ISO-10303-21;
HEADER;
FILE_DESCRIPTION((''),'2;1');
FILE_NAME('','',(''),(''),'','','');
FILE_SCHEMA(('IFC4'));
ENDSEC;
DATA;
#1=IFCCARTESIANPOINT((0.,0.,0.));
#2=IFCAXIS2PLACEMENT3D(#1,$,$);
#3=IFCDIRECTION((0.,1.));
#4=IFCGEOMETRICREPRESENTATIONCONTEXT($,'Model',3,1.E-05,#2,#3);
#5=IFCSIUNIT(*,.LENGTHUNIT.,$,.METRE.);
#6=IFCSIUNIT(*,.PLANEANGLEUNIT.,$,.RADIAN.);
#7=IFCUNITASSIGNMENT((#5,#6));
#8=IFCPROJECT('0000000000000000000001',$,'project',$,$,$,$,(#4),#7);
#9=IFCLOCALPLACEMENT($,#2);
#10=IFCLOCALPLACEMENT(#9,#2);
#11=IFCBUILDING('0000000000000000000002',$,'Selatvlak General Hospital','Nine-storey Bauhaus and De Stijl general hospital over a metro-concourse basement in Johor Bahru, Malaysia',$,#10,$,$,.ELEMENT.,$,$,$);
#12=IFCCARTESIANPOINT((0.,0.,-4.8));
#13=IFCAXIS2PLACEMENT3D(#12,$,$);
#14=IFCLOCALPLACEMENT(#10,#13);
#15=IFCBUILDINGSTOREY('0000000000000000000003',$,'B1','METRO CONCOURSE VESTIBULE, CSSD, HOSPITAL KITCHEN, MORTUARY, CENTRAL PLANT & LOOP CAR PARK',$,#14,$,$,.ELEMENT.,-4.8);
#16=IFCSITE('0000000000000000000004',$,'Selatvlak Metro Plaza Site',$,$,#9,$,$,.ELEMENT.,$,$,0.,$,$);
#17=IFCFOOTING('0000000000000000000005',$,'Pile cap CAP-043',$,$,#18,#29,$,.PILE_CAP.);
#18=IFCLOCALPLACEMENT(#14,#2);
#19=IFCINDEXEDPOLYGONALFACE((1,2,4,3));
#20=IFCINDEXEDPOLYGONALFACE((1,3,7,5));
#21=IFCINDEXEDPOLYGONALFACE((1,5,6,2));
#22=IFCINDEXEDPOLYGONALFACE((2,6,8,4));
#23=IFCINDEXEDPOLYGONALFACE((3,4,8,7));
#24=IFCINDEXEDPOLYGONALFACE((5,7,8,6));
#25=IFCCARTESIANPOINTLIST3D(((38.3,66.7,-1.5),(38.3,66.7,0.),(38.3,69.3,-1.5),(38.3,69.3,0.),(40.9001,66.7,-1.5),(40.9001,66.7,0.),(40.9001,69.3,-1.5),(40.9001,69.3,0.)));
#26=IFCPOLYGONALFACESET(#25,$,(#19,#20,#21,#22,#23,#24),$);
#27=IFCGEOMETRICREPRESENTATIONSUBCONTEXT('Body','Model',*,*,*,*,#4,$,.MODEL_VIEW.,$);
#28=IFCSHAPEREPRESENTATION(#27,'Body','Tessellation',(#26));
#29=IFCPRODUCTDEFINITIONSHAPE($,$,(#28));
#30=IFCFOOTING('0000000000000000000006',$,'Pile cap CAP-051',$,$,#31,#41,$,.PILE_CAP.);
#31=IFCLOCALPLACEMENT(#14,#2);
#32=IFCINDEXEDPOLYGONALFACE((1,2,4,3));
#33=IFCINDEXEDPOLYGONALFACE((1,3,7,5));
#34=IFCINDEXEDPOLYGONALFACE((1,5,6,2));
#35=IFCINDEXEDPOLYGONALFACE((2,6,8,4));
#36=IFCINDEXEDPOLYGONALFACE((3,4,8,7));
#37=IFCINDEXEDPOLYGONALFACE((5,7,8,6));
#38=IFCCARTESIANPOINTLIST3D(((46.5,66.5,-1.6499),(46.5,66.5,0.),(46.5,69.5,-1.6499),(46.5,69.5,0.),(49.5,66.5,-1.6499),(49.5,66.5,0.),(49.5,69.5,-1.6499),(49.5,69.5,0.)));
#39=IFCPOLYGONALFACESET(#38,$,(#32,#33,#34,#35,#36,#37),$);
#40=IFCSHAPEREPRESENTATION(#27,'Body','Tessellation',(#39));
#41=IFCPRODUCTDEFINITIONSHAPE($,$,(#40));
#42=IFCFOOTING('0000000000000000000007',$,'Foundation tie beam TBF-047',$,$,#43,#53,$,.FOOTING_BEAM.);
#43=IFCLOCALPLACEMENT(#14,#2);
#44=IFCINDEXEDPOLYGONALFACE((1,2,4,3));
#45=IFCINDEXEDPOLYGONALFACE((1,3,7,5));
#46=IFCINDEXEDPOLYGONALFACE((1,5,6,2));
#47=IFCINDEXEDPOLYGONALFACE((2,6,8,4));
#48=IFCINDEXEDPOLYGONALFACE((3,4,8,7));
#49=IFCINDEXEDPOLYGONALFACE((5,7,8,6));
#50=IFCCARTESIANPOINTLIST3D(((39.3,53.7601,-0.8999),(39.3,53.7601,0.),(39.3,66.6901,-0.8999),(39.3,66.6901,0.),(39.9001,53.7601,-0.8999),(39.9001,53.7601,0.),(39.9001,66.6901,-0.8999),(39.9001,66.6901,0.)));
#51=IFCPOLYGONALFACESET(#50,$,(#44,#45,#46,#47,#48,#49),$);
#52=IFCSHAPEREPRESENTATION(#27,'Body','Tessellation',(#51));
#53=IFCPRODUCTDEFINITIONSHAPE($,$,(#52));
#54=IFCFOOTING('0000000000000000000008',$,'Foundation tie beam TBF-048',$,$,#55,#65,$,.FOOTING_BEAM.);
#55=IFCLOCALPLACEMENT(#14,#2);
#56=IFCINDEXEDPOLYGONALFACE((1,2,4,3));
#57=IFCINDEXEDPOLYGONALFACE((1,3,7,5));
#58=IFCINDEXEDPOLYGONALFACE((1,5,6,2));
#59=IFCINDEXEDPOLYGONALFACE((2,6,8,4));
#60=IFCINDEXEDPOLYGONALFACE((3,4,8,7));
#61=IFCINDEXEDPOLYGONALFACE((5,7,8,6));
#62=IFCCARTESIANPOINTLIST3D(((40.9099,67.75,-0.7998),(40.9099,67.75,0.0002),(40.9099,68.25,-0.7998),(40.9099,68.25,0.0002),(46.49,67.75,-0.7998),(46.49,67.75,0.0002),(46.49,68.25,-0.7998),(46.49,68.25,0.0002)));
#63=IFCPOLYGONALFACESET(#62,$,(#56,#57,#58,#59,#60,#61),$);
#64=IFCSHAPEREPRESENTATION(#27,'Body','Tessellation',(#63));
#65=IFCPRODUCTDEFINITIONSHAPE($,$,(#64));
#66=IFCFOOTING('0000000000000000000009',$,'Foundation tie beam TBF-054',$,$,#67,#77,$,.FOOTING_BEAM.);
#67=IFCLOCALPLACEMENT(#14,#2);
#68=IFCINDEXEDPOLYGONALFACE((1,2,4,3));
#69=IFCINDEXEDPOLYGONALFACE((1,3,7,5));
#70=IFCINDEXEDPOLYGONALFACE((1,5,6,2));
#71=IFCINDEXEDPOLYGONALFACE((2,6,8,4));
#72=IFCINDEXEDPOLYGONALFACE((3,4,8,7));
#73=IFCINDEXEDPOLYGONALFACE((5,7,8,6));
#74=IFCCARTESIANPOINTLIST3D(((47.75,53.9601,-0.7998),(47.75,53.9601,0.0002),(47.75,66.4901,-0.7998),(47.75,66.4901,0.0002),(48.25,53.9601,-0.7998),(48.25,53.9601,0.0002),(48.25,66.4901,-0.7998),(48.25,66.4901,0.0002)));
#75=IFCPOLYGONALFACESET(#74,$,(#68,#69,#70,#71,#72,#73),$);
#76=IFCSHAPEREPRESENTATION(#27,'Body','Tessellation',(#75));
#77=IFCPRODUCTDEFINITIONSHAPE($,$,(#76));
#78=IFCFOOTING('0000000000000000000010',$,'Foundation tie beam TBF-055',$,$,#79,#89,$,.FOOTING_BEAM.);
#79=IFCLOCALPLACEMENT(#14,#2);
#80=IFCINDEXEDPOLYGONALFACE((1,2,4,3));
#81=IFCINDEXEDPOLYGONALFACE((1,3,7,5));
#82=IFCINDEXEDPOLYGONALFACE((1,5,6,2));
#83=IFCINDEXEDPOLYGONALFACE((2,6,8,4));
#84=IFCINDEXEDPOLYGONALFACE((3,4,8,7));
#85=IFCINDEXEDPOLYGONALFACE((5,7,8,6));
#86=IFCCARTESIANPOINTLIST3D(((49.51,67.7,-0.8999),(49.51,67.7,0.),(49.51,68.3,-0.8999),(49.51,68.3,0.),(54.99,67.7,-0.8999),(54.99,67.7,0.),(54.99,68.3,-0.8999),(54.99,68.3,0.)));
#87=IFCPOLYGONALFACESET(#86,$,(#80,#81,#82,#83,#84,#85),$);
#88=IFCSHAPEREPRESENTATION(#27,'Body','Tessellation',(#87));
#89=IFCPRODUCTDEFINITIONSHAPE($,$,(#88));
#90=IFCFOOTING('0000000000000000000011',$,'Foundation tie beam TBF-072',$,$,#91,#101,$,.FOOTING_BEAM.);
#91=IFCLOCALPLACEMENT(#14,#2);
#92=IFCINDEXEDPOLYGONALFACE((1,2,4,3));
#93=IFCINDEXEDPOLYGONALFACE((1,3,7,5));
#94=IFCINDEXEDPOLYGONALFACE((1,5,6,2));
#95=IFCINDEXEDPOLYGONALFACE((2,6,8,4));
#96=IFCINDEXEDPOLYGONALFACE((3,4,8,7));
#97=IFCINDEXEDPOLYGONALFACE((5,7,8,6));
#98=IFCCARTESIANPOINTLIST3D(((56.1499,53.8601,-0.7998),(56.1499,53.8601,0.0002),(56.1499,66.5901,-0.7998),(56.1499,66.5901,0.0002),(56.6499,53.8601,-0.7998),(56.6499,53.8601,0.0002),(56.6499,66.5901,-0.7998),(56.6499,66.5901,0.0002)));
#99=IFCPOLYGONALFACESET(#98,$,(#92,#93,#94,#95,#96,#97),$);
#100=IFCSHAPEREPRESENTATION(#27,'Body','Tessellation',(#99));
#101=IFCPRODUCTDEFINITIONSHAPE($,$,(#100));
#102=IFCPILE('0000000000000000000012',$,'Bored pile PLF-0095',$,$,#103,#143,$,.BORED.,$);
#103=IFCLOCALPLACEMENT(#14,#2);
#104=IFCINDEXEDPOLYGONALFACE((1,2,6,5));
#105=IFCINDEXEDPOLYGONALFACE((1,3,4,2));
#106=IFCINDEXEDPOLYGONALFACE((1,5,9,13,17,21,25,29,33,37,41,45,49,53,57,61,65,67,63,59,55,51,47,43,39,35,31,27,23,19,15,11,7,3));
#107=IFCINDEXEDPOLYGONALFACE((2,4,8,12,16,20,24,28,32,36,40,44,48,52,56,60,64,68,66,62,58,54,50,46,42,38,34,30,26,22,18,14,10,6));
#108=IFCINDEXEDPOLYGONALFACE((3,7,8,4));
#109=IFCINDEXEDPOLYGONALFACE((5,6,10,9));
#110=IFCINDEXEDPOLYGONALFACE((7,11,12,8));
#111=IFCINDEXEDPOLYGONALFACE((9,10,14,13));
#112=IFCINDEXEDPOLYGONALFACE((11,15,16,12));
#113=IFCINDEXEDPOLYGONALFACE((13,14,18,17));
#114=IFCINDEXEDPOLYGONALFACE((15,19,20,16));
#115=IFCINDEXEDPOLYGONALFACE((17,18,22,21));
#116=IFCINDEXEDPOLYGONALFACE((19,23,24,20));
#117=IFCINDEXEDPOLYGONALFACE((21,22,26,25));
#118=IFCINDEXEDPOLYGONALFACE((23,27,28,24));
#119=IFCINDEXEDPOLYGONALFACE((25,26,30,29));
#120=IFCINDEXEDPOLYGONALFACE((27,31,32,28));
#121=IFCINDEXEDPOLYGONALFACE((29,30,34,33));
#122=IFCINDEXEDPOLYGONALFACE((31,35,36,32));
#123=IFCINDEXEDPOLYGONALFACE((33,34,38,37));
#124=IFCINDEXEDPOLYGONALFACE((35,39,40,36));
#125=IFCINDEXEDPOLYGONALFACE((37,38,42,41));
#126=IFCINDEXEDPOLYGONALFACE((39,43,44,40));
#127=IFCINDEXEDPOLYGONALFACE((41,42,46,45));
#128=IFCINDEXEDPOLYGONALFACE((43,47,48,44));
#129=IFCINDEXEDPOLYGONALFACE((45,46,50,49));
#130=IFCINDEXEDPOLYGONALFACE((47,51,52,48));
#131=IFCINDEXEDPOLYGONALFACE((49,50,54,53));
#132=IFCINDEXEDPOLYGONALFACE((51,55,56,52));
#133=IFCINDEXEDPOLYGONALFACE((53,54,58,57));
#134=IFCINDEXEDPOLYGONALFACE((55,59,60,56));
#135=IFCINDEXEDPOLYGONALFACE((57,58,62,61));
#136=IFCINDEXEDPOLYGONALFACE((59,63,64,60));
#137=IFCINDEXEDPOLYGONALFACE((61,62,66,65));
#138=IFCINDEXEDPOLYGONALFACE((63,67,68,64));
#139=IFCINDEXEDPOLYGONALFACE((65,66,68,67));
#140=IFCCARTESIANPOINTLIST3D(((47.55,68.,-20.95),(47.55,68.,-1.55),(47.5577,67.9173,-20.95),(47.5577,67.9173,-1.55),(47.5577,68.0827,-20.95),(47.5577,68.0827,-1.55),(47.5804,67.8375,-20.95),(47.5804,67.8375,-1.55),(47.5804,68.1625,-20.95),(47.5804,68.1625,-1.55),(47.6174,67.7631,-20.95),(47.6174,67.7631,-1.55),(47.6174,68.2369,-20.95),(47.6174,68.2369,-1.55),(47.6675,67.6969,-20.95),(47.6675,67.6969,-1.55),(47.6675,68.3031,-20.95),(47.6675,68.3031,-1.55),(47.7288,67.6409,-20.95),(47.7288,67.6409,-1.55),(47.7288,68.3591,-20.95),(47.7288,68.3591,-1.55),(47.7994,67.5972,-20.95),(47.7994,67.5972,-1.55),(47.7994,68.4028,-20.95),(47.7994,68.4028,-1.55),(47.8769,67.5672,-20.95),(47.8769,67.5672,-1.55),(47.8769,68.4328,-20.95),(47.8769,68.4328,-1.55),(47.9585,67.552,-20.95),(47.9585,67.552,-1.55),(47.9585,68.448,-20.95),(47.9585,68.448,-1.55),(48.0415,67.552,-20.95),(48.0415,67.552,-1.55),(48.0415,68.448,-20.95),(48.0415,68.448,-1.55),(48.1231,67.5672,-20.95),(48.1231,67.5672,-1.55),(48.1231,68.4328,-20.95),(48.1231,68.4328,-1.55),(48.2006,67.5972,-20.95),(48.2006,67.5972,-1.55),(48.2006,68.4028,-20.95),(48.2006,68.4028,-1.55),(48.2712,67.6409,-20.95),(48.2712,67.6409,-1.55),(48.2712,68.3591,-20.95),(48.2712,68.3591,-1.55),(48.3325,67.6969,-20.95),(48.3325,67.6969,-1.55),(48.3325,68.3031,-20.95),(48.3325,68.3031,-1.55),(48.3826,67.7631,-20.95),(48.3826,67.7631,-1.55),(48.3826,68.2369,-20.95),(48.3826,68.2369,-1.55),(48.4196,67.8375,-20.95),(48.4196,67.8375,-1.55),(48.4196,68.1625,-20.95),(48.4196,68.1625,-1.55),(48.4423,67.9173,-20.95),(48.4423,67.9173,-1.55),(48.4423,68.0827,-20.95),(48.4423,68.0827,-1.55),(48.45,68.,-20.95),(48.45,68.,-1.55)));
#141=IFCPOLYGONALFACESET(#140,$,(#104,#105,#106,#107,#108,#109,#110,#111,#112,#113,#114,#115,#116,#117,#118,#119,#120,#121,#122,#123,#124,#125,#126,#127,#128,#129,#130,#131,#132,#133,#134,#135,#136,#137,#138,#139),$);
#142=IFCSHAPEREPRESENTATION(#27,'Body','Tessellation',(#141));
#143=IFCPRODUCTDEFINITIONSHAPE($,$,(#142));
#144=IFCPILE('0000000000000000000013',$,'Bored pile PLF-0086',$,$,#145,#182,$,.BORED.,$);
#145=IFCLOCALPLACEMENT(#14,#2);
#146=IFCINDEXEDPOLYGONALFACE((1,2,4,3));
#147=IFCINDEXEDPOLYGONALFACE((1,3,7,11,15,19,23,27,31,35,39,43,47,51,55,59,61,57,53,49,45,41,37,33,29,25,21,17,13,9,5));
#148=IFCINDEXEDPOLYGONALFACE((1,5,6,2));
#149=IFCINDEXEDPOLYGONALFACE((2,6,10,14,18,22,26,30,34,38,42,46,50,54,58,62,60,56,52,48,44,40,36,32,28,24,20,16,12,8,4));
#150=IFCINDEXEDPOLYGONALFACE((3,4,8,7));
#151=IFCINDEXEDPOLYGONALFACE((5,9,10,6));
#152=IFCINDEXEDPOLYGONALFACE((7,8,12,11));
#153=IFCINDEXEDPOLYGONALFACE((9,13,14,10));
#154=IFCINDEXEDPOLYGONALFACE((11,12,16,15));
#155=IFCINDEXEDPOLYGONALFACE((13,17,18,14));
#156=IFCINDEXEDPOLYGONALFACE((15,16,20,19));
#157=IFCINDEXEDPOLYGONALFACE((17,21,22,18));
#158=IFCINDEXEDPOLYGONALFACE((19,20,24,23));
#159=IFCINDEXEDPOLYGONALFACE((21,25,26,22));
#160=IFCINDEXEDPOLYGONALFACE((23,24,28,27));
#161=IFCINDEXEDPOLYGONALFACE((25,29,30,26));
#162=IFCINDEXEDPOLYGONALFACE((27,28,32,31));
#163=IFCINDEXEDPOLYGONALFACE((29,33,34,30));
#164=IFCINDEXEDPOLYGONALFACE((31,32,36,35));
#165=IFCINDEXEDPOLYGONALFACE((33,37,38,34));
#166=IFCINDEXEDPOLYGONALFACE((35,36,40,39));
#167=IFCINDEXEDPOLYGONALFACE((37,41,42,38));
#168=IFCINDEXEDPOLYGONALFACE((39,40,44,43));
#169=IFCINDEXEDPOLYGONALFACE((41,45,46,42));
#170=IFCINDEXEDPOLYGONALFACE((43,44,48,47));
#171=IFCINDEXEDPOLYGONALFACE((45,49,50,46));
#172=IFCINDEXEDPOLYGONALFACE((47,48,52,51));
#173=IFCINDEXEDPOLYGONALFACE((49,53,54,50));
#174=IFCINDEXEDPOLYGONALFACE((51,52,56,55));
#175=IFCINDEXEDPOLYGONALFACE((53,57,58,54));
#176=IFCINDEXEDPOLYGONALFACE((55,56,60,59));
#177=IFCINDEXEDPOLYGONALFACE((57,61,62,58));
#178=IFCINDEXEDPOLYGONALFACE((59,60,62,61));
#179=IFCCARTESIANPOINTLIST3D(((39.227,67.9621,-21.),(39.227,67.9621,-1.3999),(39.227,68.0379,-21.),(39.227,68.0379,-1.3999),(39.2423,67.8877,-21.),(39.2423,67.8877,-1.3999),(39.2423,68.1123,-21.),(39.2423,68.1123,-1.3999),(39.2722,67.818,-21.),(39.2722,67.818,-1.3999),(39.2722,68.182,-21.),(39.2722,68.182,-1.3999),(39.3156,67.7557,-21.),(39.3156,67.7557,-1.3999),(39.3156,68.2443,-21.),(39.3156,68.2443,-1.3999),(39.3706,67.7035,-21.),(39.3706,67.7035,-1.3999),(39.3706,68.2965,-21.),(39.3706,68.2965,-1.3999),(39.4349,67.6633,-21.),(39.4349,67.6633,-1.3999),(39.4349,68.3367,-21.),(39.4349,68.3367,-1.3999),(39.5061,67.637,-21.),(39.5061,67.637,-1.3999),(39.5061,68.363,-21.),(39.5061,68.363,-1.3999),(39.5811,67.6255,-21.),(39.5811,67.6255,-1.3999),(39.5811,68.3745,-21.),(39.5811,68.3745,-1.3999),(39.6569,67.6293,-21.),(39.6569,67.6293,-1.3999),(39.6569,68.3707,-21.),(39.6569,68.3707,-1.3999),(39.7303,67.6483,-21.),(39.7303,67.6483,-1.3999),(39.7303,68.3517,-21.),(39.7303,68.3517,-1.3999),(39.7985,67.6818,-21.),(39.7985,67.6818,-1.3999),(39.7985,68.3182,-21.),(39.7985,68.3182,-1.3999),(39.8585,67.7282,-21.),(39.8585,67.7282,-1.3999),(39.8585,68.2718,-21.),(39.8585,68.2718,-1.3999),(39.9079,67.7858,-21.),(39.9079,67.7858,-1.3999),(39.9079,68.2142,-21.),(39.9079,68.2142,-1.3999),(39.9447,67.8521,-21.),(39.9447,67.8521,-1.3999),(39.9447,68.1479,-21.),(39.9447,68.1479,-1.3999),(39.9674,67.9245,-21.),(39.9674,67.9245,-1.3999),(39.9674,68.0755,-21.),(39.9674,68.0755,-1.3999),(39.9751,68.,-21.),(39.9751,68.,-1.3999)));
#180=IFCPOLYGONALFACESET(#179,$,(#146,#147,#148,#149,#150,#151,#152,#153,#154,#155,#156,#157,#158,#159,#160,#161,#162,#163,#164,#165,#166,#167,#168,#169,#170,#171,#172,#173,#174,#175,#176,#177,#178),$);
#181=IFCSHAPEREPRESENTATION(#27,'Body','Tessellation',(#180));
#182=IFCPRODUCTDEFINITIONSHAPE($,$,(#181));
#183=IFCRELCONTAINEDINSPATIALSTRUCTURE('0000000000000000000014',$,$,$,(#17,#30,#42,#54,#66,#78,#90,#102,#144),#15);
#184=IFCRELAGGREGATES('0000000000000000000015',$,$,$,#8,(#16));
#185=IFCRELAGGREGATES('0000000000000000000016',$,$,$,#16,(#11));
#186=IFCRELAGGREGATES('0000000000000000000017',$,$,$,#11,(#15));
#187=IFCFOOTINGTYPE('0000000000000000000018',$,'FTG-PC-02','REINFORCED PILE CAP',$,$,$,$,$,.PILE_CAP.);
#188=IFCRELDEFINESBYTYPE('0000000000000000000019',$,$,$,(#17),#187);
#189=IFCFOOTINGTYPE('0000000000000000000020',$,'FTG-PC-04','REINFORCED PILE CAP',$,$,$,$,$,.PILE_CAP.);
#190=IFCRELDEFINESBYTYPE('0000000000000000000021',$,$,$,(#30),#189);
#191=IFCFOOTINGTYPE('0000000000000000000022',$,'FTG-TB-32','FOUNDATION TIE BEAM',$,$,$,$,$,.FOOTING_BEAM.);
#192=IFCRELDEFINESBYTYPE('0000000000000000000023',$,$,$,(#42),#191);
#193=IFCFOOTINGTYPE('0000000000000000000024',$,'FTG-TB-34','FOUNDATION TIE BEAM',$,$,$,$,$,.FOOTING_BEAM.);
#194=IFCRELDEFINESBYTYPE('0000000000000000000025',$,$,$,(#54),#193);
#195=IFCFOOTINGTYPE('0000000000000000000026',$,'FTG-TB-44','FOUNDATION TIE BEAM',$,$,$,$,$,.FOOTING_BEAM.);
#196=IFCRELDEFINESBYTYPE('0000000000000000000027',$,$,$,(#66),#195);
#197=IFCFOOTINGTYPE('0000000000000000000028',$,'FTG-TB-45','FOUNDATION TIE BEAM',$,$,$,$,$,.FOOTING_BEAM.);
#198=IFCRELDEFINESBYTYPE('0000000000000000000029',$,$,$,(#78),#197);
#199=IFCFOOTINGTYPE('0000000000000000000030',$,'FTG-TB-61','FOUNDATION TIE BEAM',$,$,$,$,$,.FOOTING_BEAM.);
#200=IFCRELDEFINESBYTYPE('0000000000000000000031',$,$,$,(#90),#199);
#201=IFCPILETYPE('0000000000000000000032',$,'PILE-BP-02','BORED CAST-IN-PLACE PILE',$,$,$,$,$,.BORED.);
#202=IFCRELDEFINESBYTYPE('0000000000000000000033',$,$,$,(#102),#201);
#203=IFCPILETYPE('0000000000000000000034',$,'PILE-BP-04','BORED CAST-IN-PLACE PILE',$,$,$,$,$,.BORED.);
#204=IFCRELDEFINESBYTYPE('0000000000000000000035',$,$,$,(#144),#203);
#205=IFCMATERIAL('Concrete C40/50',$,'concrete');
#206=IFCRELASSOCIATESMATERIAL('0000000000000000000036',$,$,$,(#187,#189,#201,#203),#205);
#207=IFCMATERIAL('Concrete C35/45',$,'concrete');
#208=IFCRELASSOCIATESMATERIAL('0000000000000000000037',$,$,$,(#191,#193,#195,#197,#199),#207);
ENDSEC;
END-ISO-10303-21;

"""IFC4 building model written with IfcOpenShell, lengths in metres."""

from ifc_helpers import new_model, si_unit, direction, frame, origin, origin_2d, place, context, subcontext, project, spatial, rectangle, circle, extrude, material, material_profile, profile_set, type_object, element, save


model = new_model("IFC4")

# Units and contexts
model_context = context("Model", 3, precision=1e-05, world=origin(), true_north=direction((0.0, 1.0)))
body_context = subcontext(model_context, "Body", "Model", "MODEL_VIEW")
ifc_project = project(units=[si_unit("LENGTHUNIT", "METRE"), si_unit("PLANEANGLEUNIT", "RADIAN")], contexts=[model_context])

# Site, building, storey
site_placement = place(None, origin())
site = spatial("IfcSite", under=ifc_project, at=site_placement, Name="Selatvlak Metro Plaza Site", CompositionType="ELEMENT", RefElevation=0.0)
building_placement = place(site_placement, origin())
building = spatial("IfcBuilding", under=site, at=building_placement, Name="Selatvlak General Hospital", Description="Nine-storey Bauhaus and De Stijl general hospital over a metro-concourse basement in Johor Bahru, Malaysia", CompositionType="ELEMENT")
storey_placement = place(building_placement, frame((0.0, 0.0, -4.8)))
storey = spatial("IfcBuildingStorey", under=building, at=storey_placement, Name="B1", Description="METRO CONCOURSE VESTIBULE, CSSD, HOSPITAL KITCHEN, MORTUARY, CENTRAL PLANT & LOOP CAR PARK", CompositionType="ELEMENT", Elevation=-4.8)

# Footings
ifc_material_1 = material(Name="Concrete C40/50", Category="concrete")
footing_type_1 = type_object("IfcFootingType", Name="FTG-PC-02", Description="REINFORCED PILE CAP", PredefinedType="PILE_CAP", material=ifc_material_1)
footing_1_placement = place(storey_placement, frame((39.6001, 68.0, -1.5), z_axis=(0.0, 0.0, 1.0), x_axis=(1.0, 0.0, 0.0)))
element("IfcFooting", 1, at=footing_1_placement, inside=storey, type_object=footing_type_1, Name="Pile cap CAP-043", PredefinedType="PILE_CAP", context=body_context, shape_type="SweptSolid", body=[
    extrude(rectangle(XDim=2.6001, YDim=2.6001, at=origin_2d()), origin(), (0.0, 0.0, 1.0), 1.5),
])
footing_type_2 = type_object("IfcFootingType", Name="FTG-PC-04", Description="REINFORCED PILE CAP", PredefinedType="PILE_CAP", material=ifc_material_1)
footing_2_placement = place(storey_placement, frame((48.0, 68.0, -1.6499), z_axis=(0.0, 0.0, 1.0), x_axis=(1.0, 0.0, 0.0)))
element("IfcFooting", 2, at=footing_2_placement, inside=storey, type_object=footing_type_2, Name="Pile cap CAP-051", PredefinedType="PILE_CAP", context=body_context, shape_type="SweptSolid", body=[
    extrude(rectangle(XDim=3.0, YDim=3.0, at=origin_2d()), origin(), (0.0, 0.0, 1.0), 1.6499),
])
ifc_material_2 = material(Name="Concrete C35/45", Category="concrete")
footing_type_3 = type_object("IfcFootingType", Name="FTG-TB-32", Description="FOUNDATION TIE BEAM", PredefinedType="FOOTING_BEAM", material=ifc_material_2)
footing_3_placement = place(storey_placement, frame((39.6001, 60.2251, -0.8999), z_axis=(0.0, 0.0, 1.0), x_axis=(0.0, 1.0, 0.0)))
element("IfcFooting", 3, at=footing_3_placement, inside=storey, type_object=footing_type_3, Name="Foundation tie beam TBF-047", PredefinedType="FOOTING_BEAM", context=body_context, shape_type="SweptSolid", body=[
    extrude(rectangle(XDim=12.9299, YDim=0.6001, at=origin_2d()), origin(), (0.0, 0.0, 1.0), 0.8999),
])
footing_type_4 = type_object("IfcFootingType", Name="FTG-TB-34", Description="FOUNDATION TIE BEAM", PredefinedType="FOOTING_BEAM", material=ifc_material_2)
footing_4_placement = place(storey_placement, frame((43.7, 68.0, -0.7998), z_axis=(0.0, 0.0, 1.0), x_axis=(1.0, 0.0, 0.0)))
element("IfcFooting", 4, at=footing_4_placement, inside=storey, type_object=footing_type_4, Name="Foundation tie beam TBF-048", PredefinedType="FOOTING_BEAM", context=body_context, shape_type="SweptSolid", body=[
    extrude(rectangle(XDim=5.5801, YDim=0.5, at=origin_2d()), origin(), (0.0, 0.0, 1.0), 0.8),
])
footing_type_5 = type_object("IfcFootingType", Name="FTG-TB-44", Description="FOUNDATION TIE BEAM", PredefinedType="FOOTING_BEAM", material=ifc_material_2)
footing_5_placement = place(storey_placement, frame((48.0, 60.2251, -0.7998), z_axis=(0.0, 0.0, 1.0), x_axis=(0.0, 1.0, 0.0)))
element("IfcFooting", 5, at=footing_5_placement, inside=storey, type_object=footing_type_5, Name="Foundation tie beam TBF-054", PredefinedType="FOOTING_BEAM", context=body_context, shape_type="SweptSolid", body=[
    extrude(rectangle(XDim=12.53, YDim=0.5, at=origin_2d()), origin(), (0.0, 0.0, 1.0), 0.8),
])
footing_type_6 = type_object("IfcFootingType", Name="FTG-TB-45", Description="FOUNDATION TIE BEAM", PredefinedType="FOOTING_BEAM", material=ifc_material_2)
footing_6_placement = place(storey_placement, frame((52.25, 68.0, -0.8999), z_axis=(0.0, 0.0, 1.0), x_axis=(1.0, 0.0, 0.0)))
element("IfcFooting", 6, at=footing_6_placement, inside=storey, type_object=footing_type_6, Name="Foundation tie beam TBF-055", PredefinedType="FOOTING_BEAM", context=body_context, shape_type="SweptSolid", body=[
    extrude(rectangle(XDim=5.48, YDim=0.6001, at=origin_2d()), origin(), (0.0, 0.0, 1.0), 0.8999),
])
footing_type_7 = type_object("IfcFootingType", Name="FTG-TB-61", Description="FOUNDATION TIE BEAM", PredefinedType="FOOTING_BEAM", material=ifc_material_2)
footing_7_placement = place(storey_placement, frame((56.3999, 60.2251, -0.7998), z_axis=(0.0, 0.0, 1.0), x_axis=(0.0, 1.0, 0.0)))
element("IfcFooting", 7, at=footing_7_placement, inside=storey, type_object=footing_type_7, Name="Foundation tie beam TBF-072", PredefinedType="FOOTING_BEAM", context=body_context, shape_type="SweptSolid", body=[
    extrude(rectangle(XDim=12.73, YDim=0.5, at=origin_2d()), origin(), (0.0, 0.0, 1.0), 0.8),
])

# Piles
ifc_material_profile_1 = material_profile(ifc_material_1, circle(Radius=0.45, at=origin_2d()), Name="BORED PILE 900")
ifc_profile_set_1 = profile_set([ifc_material_profile_1], Name="Concrete C40/50")
pile_type_1 = type_object("IfcPileType", Name="PILE-BP-02", Description="BORED CAST-IN-PLACE PILE", PredefinedType="BORED", material=ifc_profile_set_1)
pile_1_placement = place(storey_placement, frame((48.0, 68.0, -1.55), z_axis=(0.0, 0.0, -1.0), x_axis=(1.0, 0.0, 0.0)))
element("IfcPile", 8, at=pile_1_placement, inside=storey, type_object=pile_type_1, Name="Bored pile PLF-0095", PredefinedType="BORED", context=body_context, shape_type="SweptSolid", body=[
    extrude(circle(Radius=0.45, at=origin_2d()), origin(), (0.0, 0.0, 1.0), 19.3999),
])
ifc_material_profile_2 = material_profile(ifc_material_1, circle(Radius=0.375, at=origin_2d()), Name="BORED PILE 750")
ifc_profile_set_2 = profile_set([ifc_material_profile_2], Name="Concrete C40/50")
pile_type_2 = type_object("IfcPileType", Name="PILE-BP-04", Description="BORED CAST-IN-PLACE PILE", PredefinedType="BORED", material=ifc_profile_set_2)
pile_2_placement = place(storey_placement, frame((39.6001, 68.0, -1.3999), z_axis=(0.0, 0.0, -1.0), x_axis=(1.0, 0.0, 0.0)))
element("IfcPile", 9, at=pile_2_placement, inside=storey, type_object=pile_type_2, Name="Bored pile PLF-0086", PredefinedType="BORED", context=body_context, shape_type="SweptSolid", body=[
    extrude(circle(Radius=0.375, at=origin_2d()), origin(), (0.0, 0.0, 1.0), 19.6001),
])

save(model, "model.ifc")
